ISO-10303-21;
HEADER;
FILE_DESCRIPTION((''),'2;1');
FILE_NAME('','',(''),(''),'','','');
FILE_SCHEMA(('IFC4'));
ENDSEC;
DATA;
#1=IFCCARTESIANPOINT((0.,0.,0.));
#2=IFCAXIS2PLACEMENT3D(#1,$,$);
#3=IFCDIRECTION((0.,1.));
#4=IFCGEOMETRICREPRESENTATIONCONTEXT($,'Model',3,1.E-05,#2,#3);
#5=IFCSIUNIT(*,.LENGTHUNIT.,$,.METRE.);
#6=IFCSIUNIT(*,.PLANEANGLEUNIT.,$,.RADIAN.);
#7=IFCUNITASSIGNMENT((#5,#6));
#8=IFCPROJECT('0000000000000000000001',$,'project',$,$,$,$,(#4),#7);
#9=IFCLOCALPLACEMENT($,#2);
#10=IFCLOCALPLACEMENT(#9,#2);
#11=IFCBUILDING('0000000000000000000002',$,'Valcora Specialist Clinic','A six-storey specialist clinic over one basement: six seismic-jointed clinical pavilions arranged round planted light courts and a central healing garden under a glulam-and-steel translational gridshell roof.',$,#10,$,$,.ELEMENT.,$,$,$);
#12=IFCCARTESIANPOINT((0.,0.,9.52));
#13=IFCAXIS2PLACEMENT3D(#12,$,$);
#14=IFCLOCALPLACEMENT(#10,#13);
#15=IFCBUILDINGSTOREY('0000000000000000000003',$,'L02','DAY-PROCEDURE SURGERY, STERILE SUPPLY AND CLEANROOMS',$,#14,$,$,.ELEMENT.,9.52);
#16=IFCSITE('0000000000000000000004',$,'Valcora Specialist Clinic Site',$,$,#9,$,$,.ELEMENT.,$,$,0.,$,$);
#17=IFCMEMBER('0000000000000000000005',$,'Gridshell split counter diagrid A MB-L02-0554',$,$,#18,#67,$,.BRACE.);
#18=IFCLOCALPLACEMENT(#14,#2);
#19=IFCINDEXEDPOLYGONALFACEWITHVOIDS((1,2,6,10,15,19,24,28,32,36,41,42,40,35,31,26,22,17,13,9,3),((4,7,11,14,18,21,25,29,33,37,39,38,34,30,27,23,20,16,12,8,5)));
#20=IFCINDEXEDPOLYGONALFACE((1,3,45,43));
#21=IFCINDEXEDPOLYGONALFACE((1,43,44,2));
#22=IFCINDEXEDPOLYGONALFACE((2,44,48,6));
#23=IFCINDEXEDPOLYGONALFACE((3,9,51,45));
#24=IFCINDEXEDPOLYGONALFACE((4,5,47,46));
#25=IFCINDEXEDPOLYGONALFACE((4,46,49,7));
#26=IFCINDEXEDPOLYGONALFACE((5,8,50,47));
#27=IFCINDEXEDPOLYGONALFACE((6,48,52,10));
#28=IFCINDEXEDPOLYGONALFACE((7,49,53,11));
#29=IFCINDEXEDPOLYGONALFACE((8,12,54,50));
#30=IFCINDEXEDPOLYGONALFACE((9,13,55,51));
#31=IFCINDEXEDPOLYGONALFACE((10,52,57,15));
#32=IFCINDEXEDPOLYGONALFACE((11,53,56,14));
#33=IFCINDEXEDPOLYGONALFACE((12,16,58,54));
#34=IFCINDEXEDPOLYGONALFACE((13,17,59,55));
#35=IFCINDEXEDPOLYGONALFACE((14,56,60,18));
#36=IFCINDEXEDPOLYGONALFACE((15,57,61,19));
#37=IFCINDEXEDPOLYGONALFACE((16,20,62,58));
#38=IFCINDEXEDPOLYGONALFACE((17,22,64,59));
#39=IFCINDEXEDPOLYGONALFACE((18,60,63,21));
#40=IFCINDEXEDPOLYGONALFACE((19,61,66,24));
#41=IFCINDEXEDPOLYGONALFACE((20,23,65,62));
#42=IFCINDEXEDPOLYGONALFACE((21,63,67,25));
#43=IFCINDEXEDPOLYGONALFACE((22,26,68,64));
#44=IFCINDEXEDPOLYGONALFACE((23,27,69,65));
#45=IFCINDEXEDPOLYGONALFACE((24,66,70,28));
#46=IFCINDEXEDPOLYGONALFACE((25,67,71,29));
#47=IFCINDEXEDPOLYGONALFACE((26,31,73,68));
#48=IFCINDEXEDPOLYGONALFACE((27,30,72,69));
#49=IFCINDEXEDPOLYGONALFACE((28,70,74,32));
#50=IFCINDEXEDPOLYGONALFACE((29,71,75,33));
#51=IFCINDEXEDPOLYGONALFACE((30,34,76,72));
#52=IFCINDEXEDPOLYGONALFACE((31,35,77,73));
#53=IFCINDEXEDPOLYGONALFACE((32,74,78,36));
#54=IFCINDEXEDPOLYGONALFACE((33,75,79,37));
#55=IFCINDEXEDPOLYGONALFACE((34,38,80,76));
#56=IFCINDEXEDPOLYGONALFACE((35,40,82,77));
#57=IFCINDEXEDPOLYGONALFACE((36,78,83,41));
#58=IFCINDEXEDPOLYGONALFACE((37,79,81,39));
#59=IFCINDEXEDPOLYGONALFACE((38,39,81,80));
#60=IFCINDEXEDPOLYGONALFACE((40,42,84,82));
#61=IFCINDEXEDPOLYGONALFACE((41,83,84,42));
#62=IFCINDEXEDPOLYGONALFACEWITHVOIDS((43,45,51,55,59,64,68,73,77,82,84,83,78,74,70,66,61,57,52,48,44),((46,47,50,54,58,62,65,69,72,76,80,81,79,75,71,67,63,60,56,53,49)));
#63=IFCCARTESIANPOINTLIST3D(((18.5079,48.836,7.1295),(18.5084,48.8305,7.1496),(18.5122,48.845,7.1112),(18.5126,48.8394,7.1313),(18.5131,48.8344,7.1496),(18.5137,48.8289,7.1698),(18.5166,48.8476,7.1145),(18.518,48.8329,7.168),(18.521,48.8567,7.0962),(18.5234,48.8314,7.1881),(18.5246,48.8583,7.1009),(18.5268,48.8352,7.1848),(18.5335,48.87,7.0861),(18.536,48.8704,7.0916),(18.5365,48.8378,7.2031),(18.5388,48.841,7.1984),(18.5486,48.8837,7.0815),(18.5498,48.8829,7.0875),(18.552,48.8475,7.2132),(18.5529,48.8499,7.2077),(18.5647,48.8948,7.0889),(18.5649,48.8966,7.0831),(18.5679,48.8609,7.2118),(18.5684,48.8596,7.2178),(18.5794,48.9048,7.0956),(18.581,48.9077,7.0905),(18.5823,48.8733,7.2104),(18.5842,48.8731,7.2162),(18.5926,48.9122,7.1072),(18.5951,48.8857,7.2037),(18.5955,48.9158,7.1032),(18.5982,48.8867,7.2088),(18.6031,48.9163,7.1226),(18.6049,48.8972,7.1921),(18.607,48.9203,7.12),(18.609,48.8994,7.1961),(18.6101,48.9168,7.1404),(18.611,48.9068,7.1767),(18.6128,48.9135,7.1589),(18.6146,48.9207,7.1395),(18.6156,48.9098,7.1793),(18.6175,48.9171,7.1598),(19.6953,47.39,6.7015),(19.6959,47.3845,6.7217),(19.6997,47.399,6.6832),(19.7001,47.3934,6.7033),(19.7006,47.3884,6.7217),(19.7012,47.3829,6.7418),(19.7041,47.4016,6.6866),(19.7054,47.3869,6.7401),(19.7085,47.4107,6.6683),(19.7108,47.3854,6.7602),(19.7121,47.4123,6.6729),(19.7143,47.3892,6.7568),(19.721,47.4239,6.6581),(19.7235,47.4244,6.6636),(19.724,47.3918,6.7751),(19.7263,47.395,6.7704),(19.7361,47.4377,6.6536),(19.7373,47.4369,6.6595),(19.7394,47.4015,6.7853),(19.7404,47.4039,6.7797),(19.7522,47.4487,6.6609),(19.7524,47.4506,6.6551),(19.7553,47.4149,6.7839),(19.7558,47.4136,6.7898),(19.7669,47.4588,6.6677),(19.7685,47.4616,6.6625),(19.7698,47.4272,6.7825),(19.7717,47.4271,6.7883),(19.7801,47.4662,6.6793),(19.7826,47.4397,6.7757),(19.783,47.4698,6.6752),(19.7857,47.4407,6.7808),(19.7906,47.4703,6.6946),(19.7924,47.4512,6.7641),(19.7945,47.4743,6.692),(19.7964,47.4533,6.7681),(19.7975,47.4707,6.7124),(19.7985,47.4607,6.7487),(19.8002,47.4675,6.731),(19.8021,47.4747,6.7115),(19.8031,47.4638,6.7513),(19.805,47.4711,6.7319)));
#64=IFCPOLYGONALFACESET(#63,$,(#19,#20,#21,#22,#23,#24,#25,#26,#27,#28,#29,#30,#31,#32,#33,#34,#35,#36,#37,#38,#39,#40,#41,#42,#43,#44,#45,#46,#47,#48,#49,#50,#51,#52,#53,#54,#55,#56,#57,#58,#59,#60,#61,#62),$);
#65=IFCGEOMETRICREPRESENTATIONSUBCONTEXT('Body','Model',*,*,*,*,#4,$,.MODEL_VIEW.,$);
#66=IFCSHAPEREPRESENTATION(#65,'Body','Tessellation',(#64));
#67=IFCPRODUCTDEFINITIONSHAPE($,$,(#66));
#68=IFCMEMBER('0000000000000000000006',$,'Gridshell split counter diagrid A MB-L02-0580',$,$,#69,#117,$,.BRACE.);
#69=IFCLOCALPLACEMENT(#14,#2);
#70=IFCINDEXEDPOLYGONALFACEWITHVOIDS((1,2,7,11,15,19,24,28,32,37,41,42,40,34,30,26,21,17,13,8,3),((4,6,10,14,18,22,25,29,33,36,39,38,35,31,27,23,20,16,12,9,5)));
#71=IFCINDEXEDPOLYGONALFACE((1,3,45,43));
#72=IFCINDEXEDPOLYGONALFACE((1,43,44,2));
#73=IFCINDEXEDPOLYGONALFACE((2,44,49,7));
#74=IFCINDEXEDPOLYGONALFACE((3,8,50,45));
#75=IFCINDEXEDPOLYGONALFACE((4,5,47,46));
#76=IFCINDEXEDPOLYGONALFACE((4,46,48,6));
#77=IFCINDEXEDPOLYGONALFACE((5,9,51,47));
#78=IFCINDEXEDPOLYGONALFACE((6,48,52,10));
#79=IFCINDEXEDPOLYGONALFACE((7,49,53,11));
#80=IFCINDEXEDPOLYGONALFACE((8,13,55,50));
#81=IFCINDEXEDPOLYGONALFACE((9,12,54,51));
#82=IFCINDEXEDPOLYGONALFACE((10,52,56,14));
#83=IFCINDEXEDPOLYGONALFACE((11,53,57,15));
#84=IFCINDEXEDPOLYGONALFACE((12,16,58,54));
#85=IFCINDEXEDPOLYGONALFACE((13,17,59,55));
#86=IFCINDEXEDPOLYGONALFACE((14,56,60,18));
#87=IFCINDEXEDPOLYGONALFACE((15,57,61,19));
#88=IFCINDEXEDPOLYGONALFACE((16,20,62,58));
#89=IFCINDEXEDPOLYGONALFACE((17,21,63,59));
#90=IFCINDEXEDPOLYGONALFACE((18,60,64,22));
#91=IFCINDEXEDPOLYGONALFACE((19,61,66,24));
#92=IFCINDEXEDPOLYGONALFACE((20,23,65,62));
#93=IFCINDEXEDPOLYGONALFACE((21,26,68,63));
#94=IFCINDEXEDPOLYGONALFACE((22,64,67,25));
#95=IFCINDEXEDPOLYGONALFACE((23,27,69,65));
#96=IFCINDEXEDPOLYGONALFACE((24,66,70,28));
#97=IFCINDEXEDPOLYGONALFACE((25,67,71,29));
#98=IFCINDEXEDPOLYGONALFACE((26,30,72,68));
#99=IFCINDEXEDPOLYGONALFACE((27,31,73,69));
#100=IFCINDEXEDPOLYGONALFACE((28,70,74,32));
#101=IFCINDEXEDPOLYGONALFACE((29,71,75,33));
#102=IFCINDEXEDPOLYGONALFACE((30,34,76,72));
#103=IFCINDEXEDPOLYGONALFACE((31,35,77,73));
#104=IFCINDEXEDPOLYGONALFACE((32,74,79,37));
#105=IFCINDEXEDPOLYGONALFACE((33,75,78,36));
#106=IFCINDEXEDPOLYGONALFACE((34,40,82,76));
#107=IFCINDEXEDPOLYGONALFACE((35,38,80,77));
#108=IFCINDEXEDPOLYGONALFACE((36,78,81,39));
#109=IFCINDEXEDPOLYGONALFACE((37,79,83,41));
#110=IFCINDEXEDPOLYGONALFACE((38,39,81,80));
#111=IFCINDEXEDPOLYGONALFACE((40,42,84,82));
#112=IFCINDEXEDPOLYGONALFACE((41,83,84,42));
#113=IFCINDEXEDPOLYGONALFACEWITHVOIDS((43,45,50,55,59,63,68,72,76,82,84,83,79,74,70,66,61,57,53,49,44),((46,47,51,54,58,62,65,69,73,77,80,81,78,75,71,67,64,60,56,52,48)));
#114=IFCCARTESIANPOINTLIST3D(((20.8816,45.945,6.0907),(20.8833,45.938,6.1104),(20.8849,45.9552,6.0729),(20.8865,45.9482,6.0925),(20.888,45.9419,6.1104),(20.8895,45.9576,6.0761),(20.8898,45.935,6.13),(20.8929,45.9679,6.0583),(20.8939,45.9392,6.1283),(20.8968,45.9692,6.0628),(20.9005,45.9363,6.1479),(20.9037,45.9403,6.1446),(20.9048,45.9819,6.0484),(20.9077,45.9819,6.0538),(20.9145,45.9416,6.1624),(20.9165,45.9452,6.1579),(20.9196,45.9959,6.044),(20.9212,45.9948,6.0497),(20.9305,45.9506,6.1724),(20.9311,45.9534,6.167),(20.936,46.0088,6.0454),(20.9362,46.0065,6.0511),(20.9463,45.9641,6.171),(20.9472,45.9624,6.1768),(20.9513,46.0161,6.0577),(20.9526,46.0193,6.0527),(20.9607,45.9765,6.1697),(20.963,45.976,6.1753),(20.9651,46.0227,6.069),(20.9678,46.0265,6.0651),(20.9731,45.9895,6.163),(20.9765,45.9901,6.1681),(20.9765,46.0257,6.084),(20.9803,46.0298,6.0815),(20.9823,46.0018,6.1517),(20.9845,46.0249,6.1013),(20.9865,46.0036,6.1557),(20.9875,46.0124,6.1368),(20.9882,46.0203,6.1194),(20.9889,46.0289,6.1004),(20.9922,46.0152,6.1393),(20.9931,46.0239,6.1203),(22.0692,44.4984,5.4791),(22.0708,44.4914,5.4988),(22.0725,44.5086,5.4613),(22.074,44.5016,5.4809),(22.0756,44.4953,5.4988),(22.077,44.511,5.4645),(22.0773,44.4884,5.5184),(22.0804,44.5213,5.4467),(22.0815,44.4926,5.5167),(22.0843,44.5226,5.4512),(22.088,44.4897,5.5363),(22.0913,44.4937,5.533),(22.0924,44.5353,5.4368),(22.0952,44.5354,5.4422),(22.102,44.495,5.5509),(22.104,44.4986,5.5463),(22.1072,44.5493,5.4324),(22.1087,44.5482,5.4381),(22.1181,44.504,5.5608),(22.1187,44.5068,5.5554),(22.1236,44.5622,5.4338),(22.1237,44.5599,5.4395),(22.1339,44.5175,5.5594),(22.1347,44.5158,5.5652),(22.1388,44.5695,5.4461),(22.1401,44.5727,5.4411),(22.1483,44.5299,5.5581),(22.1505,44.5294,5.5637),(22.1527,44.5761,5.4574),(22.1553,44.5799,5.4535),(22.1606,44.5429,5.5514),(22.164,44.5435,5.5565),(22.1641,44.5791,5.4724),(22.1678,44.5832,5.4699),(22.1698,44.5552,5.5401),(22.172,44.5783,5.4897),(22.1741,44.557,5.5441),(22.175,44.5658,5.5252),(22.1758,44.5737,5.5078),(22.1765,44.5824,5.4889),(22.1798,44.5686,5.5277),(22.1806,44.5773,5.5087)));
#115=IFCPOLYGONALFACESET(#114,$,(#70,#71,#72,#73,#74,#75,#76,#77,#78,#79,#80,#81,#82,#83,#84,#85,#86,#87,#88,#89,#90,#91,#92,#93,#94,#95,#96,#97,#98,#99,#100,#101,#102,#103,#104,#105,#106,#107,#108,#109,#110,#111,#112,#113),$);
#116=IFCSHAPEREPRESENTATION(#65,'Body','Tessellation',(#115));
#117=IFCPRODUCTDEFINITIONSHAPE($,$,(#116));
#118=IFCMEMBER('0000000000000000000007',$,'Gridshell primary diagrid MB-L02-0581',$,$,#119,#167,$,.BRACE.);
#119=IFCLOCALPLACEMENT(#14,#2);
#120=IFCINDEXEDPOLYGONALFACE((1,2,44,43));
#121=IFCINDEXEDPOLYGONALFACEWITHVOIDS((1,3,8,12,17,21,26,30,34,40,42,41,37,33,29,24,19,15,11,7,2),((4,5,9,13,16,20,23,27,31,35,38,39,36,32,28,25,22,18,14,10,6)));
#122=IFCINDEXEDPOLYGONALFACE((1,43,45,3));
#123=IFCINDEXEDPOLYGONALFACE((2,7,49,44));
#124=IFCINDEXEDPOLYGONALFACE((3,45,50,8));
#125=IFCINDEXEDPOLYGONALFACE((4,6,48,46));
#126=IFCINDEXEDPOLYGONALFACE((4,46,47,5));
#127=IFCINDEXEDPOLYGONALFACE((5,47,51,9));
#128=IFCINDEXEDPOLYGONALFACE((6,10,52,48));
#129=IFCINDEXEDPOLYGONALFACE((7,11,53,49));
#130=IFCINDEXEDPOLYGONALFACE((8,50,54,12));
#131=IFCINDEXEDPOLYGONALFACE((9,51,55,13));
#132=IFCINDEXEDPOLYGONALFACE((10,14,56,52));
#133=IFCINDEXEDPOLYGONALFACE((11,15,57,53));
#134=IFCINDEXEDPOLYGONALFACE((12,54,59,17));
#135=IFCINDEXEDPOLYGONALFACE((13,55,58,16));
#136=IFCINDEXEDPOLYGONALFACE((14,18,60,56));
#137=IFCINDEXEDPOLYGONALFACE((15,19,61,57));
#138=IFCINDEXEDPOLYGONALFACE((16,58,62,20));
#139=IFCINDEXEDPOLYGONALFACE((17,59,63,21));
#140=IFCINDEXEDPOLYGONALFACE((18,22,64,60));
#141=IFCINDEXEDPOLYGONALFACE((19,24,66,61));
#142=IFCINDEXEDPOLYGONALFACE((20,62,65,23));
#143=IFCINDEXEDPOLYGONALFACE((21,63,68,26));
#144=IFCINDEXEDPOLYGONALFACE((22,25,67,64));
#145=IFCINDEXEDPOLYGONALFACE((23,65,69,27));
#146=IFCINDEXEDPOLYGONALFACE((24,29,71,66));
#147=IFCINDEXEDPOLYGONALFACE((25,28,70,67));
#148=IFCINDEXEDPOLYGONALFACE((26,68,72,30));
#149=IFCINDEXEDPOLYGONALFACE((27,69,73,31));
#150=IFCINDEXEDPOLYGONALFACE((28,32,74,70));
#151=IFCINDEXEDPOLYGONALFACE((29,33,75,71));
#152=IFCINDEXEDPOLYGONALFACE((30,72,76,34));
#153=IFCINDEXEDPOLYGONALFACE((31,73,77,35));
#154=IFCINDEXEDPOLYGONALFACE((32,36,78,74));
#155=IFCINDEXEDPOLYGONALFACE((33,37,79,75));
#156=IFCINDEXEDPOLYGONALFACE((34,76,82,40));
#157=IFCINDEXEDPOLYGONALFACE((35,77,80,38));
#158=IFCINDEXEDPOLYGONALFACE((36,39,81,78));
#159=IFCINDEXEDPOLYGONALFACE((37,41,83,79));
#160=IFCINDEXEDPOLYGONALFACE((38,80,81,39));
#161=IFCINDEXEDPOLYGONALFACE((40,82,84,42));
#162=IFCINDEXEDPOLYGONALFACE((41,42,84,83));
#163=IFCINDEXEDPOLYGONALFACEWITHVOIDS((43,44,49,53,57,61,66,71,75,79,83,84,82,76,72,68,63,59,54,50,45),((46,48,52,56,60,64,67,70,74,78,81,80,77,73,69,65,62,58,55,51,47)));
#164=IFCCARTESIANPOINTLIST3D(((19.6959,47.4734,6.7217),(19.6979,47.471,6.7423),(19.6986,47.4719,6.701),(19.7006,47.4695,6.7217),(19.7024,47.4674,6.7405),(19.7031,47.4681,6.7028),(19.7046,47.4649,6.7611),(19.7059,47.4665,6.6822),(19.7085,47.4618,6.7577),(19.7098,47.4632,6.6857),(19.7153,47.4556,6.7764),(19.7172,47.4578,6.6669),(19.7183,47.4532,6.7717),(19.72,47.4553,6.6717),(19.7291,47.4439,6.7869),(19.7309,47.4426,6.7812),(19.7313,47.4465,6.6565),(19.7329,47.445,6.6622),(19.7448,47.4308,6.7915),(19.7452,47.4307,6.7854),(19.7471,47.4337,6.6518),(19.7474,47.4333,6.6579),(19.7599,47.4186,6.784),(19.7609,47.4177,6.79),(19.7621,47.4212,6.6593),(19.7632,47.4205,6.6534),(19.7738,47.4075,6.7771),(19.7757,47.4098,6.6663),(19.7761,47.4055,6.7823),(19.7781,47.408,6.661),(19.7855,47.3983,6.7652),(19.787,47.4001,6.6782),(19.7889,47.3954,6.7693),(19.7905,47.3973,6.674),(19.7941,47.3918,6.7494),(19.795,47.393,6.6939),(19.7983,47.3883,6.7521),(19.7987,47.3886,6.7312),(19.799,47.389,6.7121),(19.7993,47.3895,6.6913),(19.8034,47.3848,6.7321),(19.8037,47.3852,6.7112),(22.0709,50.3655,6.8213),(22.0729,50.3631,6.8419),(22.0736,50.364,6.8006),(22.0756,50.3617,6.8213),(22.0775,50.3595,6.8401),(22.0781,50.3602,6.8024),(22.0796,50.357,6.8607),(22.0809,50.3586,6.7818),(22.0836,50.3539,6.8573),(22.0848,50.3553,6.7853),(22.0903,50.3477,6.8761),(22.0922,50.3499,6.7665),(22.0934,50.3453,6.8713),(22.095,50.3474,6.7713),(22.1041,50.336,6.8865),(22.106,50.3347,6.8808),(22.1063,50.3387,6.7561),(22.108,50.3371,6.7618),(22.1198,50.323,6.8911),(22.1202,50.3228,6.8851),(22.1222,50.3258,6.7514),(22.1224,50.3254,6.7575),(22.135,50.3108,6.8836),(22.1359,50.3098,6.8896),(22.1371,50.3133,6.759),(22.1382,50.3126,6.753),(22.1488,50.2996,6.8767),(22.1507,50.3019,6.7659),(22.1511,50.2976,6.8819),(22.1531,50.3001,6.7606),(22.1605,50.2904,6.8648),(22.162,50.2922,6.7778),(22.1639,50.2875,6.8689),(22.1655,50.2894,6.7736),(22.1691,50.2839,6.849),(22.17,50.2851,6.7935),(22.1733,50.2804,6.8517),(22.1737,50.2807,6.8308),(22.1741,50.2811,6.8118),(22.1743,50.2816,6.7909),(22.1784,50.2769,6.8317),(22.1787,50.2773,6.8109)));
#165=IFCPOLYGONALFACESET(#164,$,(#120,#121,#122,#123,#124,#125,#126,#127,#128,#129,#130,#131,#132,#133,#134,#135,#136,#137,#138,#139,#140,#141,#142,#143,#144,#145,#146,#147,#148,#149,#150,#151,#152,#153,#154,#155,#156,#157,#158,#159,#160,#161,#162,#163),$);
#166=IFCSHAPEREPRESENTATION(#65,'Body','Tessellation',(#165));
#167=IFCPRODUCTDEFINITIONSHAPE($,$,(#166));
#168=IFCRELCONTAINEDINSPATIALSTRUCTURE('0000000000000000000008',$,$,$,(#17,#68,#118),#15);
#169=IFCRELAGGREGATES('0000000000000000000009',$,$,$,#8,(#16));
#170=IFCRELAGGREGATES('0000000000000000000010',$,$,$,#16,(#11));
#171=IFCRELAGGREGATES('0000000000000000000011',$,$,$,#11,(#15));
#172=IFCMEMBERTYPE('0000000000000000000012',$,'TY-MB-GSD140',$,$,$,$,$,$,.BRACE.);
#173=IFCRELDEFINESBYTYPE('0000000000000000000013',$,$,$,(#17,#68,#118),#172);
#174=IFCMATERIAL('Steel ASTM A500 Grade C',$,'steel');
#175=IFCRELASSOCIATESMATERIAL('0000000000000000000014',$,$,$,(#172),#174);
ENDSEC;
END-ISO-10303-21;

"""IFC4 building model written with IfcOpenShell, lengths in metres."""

from ifc_helpers import new_model, si_unit, direction, frame, origin, origin_2d, place, context, subcontext, project, spatial, hollow_circle, extrude, material, material_profile, profile_set, type_object, element, save


model = new_model("IFC4")

# Units and contexts
model_context = context("Model", 3, precision=1e-05, world=origin(), true_north=direction((0.0, 1.0)))
body_context = subcontext(model_context, "Body", "Model", "MODEL_VIEW")
ifc_project = project(units=[si_unit("LENGTHUNIT", "METRE"), si_unit("PLANEANGLEUNIT", "RADIAN")], contexts=[model_context])

# Site, building, storey
site_placement = place(None, origin())
site = spatial("IfcSite", under=ifc_project, at=site_placement, Name="Valcora Specialist Clinic Site", CompositionType="ELEMENT", RefElevation=0.0)
building_placement = place(site_placement, origin())
building = spatial("IfcBuilding", under=site, at=building_placement, Name="Valcora Specialist Clinic", Description="A six-storey specialist clinic over one basement: six seismic-jointed clinical pavilions arranged round planted light courts and a central healing garden under a glulam-and-steel translational gridshell roof.", CompositionType="ELEMENT")
storey_placement = place(building_placement, frame((0.0, 0.0, 9.52)))
storey = spatial("IfcBuildingStorey", under=building, at=storey_placement, Name="L02", Description="DAY-PROCEDURE SURGERY, STERILE SUPPLY AND CLEANROOMS", CompositionType="ELEMENT", Elevation=9.52)

# Members
ifc_material_1 = material(Name="Steel ASTM A500 Grade C", Category="steel")
ifc_material_profile_1 = material_profile(ifc_material_1, hollow_circle(Radius=0.0701, WallThickness=0.0061, at=origin_2d()), Name="ST-CHS-140X6")
ifc_profile_set_1 = profile_set([ifc_material_profile_1], Name="Steel ASTM A500 Grade C")
member_type_1 = type_object("IfcMemberType", Name="TY-MB-GSD140", PredefinedType="BRACE", material=ifc_profile_set_1)
member_1_placement = place(storey_placement, frame((19.75, 47.429, 6.7217), z_axis=(-0.61866, 0.753356, 0.222967), x_axis=(-0.772811, -0.634636, 0.0)))
element("IfcMember", 1, at=member_1_placement, inside=storey, type_object=member_type_1, Name="Gridshell split counter diagrid A MB-L02-0554", PredefinedType="BRACE", context=body_context, shape_type="SweptSolid", body=[
    extrude(hollow_circle(Radius=0.0701, WallThickness=0.0061, at=origin_2d()), origin(), (0.0, 0.0, 1.0), 1.9194),
])
member_2_placement = place(storey_placement, frame((22.125, 44.5359, 5.4988), z_axis=(-0.603123, 0.734685, 0.310613), x_axis=(-0.772916, -0.634508, 0.0)))
element("IfcMember", 2, at=member_2_placement, inside=storey, type_object=member_type_1, Name="Gridshell split counter diagrid A MB-L02-0580", PredefinedType="BRACE", context=body_context, shape_type="SweptSolid", body=[
    extrude(hollow_circle(Radius=0.0701, WallThickness=0.0061, at=origin_2d()), origin(), (0.0, 0.0, 1.0), 1.969),
])
member_3_placement = place(storey_placement, frame((19.75, 47.429, 6.7217), z_axis=(0.634412, 0.772537, 0.026608), x_axis=(-0.772811, 0.634636, 0.0)))
element("IfcMember", 3, at=member_3_placement, inside=storey, type_object=member_type_1, Name="Gridshell primary diagrid MB-L02-0581", PredefinedType="BRACE", context=body_context, shape_type="SweptSolid", body=[
    extrude(hollow_circle(Radius=0.0701, WallThickness=0.0061, at=origin_2d()), origin(), (0.0, 0.0, 1.0), 3.7437),
])

save(model, "model.ifc")
